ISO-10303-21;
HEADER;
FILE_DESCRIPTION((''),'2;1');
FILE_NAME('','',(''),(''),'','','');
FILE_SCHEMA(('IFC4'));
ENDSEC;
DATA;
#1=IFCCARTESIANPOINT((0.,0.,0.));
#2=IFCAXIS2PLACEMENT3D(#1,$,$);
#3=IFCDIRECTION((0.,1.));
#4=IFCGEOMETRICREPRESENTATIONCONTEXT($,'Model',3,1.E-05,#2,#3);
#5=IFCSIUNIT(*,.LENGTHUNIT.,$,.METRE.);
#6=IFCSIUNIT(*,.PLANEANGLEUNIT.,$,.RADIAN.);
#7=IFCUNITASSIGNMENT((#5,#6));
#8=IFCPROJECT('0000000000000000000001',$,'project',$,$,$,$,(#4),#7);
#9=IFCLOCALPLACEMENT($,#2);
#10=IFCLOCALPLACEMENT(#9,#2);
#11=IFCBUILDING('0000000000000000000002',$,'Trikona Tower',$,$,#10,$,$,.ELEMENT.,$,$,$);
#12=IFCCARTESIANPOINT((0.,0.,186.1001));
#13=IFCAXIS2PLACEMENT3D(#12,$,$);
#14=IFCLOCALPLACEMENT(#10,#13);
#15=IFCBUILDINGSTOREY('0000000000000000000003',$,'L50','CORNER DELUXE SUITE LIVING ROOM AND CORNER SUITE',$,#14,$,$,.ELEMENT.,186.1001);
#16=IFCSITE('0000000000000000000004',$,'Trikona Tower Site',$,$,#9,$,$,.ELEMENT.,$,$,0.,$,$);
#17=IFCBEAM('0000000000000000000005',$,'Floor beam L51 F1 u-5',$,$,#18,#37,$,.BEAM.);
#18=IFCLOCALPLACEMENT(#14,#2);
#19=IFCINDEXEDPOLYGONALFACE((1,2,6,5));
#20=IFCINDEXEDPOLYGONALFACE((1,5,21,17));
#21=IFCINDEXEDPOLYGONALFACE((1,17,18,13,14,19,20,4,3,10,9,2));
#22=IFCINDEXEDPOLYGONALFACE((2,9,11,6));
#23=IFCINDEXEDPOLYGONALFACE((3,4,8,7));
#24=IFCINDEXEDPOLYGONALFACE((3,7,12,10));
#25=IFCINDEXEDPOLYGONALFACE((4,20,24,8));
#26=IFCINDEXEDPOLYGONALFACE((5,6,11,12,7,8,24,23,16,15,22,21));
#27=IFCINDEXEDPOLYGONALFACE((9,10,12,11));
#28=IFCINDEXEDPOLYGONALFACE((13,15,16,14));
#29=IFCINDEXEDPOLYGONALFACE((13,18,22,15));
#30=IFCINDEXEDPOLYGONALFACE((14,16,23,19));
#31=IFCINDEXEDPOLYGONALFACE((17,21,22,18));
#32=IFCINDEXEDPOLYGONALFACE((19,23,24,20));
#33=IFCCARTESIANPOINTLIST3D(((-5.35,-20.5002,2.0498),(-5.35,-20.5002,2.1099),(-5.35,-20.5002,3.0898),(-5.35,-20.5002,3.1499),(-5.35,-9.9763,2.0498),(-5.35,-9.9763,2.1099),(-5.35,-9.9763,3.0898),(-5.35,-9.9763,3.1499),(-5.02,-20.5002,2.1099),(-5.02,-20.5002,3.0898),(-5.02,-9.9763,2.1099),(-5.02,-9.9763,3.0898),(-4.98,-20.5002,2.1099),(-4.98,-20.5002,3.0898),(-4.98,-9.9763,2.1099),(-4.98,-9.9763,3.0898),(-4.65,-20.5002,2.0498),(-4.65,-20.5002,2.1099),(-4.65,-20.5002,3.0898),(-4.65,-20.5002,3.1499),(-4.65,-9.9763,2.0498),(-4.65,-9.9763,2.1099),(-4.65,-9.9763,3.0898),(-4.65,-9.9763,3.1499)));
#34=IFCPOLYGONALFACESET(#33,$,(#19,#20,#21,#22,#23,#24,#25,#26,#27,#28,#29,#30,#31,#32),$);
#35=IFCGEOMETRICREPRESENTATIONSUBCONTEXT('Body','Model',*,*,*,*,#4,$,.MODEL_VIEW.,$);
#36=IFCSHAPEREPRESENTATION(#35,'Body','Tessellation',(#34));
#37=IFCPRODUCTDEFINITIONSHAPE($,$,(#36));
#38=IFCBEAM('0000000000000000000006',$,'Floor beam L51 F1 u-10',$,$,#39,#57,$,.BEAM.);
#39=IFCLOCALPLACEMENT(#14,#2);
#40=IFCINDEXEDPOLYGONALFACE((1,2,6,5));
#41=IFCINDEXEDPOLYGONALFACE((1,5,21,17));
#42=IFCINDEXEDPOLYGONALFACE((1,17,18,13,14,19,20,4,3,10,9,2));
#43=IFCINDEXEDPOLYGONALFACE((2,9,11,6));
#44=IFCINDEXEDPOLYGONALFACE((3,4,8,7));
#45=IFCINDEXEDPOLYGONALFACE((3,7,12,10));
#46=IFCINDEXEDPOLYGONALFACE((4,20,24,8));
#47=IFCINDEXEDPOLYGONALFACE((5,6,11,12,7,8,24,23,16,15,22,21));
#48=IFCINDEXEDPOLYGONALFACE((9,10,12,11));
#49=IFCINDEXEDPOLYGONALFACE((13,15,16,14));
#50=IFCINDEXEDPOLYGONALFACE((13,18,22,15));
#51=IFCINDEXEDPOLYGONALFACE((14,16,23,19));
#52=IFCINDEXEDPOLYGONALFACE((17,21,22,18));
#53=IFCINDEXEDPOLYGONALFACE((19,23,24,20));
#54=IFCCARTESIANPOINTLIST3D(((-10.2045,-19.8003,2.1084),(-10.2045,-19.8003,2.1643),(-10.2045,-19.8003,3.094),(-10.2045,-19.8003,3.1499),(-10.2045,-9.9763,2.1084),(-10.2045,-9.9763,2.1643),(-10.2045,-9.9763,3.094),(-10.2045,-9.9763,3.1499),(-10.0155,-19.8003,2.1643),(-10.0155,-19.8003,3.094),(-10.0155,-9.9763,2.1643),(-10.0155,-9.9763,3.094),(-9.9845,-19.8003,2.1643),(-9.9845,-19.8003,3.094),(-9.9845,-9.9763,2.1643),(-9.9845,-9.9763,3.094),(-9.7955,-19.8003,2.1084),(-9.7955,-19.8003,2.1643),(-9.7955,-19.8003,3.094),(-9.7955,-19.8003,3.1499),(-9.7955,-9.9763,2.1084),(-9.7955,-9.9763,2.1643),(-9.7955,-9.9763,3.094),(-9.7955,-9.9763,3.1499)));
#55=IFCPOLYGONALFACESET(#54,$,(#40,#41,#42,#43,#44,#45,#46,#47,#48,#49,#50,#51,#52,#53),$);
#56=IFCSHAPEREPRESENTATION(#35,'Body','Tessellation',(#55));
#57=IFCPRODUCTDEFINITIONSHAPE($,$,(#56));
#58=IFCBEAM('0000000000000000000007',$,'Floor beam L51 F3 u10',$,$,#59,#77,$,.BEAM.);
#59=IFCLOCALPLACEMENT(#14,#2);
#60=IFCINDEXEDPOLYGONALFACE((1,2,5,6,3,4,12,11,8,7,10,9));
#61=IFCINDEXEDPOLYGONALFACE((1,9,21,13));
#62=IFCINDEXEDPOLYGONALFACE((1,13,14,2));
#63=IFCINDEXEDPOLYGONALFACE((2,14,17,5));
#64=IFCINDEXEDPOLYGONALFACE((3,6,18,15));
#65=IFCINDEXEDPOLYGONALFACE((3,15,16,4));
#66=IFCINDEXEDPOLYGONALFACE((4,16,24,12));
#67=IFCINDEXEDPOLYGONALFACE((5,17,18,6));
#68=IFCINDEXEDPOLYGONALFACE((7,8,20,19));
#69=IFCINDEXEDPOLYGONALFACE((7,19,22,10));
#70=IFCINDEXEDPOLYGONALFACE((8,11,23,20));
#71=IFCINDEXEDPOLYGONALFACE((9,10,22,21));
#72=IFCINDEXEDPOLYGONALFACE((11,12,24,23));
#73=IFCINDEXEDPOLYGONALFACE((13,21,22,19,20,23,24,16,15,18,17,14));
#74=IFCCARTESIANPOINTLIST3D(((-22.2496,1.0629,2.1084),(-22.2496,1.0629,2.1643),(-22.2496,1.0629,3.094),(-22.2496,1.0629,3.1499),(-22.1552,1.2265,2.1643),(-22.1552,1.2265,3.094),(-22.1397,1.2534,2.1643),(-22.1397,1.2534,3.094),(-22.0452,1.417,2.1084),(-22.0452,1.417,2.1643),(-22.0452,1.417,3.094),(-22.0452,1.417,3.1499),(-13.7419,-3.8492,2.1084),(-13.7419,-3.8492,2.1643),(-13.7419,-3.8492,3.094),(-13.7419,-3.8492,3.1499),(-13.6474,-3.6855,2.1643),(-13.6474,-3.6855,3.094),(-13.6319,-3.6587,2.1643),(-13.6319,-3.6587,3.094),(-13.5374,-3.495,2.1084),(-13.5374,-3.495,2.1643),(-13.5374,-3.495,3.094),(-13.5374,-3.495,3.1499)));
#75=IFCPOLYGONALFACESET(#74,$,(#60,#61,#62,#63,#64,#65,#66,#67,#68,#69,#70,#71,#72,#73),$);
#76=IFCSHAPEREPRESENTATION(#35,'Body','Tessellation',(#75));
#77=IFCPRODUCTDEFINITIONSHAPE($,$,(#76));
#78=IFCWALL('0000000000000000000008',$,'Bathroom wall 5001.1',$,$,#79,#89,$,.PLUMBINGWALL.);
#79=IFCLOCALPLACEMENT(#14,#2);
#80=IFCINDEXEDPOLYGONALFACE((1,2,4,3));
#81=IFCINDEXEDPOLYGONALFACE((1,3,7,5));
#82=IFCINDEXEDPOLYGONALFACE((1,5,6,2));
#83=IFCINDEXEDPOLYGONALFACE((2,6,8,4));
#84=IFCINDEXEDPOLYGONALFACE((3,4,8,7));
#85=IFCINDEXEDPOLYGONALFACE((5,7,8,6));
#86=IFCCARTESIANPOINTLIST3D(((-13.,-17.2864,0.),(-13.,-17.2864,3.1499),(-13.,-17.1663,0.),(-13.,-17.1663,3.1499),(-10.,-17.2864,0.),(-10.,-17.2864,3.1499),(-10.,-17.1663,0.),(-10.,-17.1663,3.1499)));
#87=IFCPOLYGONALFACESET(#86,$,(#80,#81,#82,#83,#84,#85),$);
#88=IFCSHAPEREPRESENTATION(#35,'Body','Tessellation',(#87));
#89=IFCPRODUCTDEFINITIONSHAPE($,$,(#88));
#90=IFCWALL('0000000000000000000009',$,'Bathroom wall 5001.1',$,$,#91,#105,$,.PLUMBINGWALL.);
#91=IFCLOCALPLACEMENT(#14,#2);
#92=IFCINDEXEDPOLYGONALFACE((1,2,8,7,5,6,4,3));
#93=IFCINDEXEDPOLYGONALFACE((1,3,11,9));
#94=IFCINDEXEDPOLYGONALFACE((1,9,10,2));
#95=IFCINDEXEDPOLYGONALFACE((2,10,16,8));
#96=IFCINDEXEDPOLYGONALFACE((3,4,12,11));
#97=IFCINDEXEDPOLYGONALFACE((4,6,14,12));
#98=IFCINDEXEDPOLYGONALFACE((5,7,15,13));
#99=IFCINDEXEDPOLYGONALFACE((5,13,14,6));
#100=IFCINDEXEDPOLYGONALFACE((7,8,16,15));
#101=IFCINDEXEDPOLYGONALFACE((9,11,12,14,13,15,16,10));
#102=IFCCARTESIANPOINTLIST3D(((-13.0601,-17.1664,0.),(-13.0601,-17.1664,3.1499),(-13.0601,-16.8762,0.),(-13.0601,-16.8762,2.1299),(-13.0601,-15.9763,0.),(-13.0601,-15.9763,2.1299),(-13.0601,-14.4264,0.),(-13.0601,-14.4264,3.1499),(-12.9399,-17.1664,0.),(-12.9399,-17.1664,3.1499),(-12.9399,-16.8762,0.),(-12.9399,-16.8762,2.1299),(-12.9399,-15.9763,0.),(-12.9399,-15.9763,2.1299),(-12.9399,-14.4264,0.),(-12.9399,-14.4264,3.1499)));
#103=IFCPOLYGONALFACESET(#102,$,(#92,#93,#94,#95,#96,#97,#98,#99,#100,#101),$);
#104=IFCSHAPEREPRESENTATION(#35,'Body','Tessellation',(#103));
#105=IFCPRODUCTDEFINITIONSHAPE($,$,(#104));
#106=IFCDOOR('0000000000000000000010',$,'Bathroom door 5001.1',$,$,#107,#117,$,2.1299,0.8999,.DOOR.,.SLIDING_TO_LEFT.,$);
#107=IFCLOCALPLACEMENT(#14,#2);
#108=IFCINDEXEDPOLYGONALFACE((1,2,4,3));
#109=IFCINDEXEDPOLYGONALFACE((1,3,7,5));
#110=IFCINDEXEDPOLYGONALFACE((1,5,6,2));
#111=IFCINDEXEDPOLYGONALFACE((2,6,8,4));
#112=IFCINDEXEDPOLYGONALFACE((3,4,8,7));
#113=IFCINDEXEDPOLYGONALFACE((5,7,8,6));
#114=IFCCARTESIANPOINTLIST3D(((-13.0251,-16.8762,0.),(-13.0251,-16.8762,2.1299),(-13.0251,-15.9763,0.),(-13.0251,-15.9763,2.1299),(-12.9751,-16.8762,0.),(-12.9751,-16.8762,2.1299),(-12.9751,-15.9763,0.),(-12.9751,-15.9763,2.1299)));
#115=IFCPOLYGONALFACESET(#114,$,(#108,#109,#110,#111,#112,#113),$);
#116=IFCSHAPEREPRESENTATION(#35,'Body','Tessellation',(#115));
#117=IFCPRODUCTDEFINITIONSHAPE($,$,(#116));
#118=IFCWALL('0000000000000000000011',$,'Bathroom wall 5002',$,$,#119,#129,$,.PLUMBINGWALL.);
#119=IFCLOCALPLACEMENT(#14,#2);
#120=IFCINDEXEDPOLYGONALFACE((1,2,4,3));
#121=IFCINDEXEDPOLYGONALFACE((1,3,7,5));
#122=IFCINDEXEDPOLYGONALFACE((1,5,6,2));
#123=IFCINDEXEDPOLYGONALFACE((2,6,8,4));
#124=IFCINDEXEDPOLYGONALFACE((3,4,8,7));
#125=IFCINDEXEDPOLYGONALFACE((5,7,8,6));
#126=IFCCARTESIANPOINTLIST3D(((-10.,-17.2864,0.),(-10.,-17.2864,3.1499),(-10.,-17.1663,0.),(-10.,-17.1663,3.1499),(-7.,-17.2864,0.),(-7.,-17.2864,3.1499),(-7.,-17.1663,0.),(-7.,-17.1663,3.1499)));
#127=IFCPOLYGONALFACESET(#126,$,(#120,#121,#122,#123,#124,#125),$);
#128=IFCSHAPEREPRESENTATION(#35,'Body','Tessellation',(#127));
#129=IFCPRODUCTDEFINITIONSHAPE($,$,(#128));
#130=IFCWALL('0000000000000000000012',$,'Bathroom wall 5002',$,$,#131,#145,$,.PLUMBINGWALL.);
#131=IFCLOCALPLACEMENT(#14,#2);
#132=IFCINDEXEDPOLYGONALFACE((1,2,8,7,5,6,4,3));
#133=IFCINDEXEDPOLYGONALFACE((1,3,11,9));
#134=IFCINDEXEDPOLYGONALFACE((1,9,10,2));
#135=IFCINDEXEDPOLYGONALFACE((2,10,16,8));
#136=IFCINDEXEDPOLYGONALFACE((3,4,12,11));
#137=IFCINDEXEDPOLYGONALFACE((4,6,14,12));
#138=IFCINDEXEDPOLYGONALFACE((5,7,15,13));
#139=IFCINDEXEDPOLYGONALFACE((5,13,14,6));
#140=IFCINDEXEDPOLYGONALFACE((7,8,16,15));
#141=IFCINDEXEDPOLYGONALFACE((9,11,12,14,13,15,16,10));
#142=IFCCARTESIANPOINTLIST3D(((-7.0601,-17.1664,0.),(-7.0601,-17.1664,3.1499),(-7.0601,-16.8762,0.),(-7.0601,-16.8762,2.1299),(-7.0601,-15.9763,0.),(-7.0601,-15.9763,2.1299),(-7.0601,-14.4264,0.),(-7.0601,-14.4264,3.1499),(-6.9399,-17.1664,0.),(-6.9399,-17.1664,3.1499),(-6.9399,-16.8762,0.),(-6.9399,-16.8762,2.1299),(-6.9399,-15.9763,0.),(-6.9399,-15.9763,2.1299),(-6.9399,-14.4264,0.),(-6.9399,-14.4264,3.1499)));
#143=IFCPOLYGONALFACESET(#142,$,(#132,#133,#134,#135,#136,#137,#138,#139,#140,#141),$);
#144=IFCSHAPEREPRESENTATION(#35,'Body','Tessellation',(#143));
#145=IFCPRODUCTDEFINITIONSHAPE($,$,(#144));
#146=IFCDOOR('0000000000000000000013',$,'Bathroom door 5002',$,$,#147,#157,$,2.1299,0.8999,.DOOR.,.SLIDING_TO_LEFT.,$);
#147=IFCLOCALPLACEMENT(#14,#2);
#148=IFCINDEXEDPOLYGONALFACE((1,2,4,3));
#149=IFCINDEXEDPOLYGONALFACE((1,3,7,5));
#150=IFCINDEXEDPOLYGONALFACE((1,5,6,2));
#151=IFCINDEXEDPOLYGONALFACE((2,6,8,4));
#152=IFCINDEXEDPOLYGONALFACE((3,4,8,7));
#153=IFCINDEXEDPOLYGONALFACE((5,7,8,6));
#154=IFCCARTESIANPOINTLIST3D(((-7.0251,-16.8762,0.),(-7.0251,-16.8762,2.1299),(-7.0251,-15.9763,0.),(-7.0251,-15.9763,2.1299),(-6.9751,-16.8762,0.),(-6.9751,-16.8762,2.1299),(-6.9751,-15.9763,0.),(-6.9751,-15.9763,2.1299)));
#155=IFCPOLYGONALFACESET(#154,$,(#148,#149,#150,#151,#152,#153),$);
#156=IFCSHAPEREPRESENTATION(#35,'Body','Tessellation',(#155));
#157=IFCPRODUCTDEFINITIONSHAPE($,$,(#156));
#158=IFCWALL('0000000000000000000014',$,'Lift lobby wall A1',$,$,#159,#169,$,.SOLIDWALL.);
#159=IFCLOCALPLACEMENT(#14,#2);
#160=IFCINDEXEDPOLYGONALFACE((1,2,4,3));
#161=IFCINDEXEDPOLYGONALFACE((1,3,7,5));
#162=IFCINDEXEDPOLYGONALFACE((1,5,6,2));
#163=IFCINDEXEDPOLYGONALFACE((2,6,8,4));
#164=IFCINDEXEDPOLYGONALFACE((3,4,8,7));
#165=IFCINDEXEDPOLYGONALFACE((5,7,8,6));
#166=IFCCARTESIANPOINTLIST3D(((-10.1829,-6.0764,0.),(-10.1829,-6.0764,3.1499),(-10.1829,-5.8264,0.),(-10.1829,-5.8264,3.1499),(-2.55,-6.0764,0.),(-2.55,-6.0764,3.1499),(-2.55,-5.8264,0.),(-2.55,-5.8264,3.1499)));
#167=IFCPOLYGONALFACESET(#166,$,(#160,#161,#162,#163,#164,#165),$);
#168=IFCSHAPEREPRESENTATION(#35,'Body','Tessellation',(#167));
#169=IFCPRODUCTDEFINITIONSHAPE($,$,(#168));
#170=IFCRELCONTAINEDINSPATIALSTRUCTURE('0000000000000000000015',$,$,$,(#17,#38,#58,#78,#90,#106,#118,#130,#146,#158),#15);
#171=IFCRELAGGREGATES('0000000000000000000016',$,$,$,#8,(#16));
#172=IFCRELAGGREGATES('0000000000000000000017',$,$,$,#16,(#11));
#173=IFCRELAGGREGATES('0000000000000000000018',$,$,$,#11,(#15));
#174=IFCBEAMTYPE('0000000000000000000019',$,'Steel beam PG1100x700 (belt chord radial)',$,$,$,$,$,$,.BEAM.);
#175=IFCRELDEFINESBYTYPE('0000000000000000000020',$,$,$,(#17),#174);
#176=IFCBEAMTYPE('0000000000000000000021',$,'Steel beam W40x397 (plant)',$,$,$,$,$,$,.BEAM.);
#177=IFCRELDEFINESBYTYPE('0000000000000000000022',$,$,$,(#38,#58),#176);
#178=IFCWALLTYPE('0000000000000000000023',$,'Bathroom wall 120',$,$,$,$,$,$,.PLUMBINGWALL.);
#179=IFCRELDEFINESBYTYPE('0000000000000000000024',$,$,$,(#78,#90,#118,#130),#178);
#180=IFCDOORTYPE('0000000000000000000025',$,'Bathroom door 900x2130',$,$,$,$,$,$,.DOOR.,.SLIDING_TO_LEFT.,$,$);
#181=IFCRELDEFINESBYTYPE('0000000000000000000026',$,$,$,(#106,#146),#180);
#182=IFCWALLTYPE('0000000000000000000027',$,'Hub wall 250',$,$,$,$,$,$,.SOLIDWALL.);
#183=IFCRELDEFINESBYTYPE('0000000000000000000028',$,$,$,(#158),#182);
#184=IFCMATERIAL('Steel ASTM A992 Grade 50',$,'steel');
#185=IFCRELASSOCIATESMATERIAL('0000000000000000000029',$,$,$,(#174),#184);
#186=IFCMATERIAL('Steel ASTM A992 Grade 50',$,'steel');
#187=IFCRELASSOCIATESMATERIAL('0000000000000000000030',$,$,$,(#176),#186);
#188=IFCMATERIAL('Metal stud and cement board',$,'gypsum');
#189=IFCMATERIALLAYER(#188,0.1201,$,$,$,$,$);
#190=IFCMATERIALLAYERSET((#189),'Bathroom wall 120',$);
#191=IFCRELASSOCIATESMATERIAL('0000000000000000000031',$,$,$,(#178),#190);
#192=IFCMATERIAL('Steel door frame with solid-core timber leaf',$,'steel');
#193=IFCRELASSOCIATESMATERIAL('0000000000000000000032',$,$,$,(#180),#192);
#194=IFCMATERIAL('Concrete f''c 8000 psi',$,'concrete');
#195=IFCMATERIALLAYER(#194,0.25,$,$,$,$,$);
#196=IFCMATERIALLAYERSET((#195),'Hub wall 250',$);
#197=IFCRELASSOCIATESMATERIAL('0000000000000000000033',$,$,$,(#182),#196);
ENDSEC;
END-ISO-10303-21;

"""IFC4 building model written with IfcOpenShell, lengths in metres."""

from ifc_helpers import new_model, si_unit, direction, frame, frame_2d, origin, origin_2d, place, context, subcontext, project, spatial, rectangle, i_section, extrude, material, layer, layer_set, material_profile, profile_set, type_object, element, fill, save


model = new_model("IFC4")

# Units and contexts
model_context = context("Model", 3, precision=1e-05, world=origin(), true_north=direction((0.0, 1.0)))
body_context = subcontext(model_context, "Body", "Model", "MODEL_VIEW")
ifc_project = project(units=[si_unit("LENGTHUNIT", "METRE"), si_unit("PLANEANGLEUNIT", "RADIAN")], contexts=[model_context])

# Site, building, storey
site_placement = place(None, origin())
site = spatial("IfcSite", under=ifc_project, at=site_placement, Name="Trikona Tower Site", CompositionType="ELEMENT", RefElevation=0.0)
building_placement = place(site_placement, origin())
building = spatial("IfcBuilding", under=site, at=building_placement, Name="Trikona Tower", CompositionType="ELEMENT")
storey_placement = place(building_placement, frame((0.0, 0.0, 186.1001)))
storey = spatial("IfcBuildingStorey", under=building, at=storey_placement, Name="L50", Description="CORNER DELUXE SUITE LIVING ROOM AND CORNER SUITE", CompositionType="ELEMENT", Elevation=186.1001)

# Beams
ifc_material_1 = material(Name="Steel ASTM A992 Grade 50", Category="steel")
ifc_material_profile_1 = material_profile(ifc_material_1, i_section(OverallWidth=0.7, OverallDepth=1.1001, WebThickness=0.04, FlangeThickness=0.0601, at=origin_2d()), Name="PG1100X700")
ifc_profile_set_1 = profile_set([ifc_material_profile_1], Name="Steel ASTM A992 Grade 50")
beam_type_1 = type_object("IfcBeamType", Name="Steel beam PG1100x700 (belt chord radial)", PredefinedType="BEAM", material=ifc_profile_set_1)
beam_placement = place(storey_placement, frame((-5.0, -9.9763, 2.5999), z_axis=(0.0, -1.0, 0.0), x_axis=(1.0, 0.0, 0.0)))
element("IfcBeam", 1, at=beam_placement, inside=storey, type_object=beam_type_1, Name="Floor beam L51 F1 u-5", PredefinedType="BEAM", context=body_context, shape_type="SweptSolid", body=[
    extrude(i_section(OverallWidth=0.7, OverallDepth=1.1001, WebThickness=0.04, FlangeThickness=0.0601, at=origin_2d()), origin(), (0.0, 0.0, 1.0), 10.5239),
])
ifc_material_2 = material(Name="Steel ASTM A992 Grade 50", Category="steel")
ifc_material_profile_2 = material_profile(ifc_material_2, i_section(OverallWidth=0.4089, OverallDepth=1.0415, WebThickness=0.031, FlangeThickness=0.0559, at=origin_2d()), Name="W40X397")
ifc_profile_set_2 = profile_set([ifc_material_profile_2], Name="Steel ASTM A992 Grade 50")
beam_type_2 = type_object("IfcBeamType", Name="Steel beam W40x397 (plant)", PredefinedType="BEAM", material=ifc_profile_set_2)
for number, where, z_axis, x_axis, name in (
    (2, (-10.0, -9.9763, 2.6292), (0.0, -1.0, 0.0), (1.0, 0.0, 0.0), "Floor beam L51 F1 u-10"),
    (3, (-13.6396, -3.6721, 2.6292), (-0.86602, 0.500009, 0.0), (-0.500009, -0.86602, 0.0), "Floor beam L51 F3 u10"),
):
    element("IfcBeam", number, at=place(storey_placement, frame(where, z_axis=z_axis, x_axis=x_axis)), inside=storey, type_object=beam_type_2, Name=name, PredefinedType="BEAM", context=body_context, shape_type="SweptSolid", body=[
        extrude(i_section(OverallWidth=0.4089, OverallDepth=1.0415, WebThickness=0.031, FlangeThickness=0.0559, at=origin_2d()), origin(), (0.0, 0.0, 1.0), 9.824),
    ])

# Wall
ifc_material_3 = material(Name="Metal stud and cement board", Category="gypsum")
ifc_layer_1 = layer(ifc_material_3, 0.1201)
ifc_layer_set_1 = layer_set([ifc_layer_1], Name="Bathroom wall 120")
wall_type_1 = type_object("IfcWallType", Name="Bathroom wall 120", PredefinedType="PLUMBINGWALL", material=ifc_layer_set_1)
wall_1_placement = place(storey_placement, frame((-13.0, -17.2263, 0.0), z_axis=(0.0, 0.0, 1.0), x_axis=(1.0, 0.0, 0.0)))
element("IfcWall", 4, at=wall_1_placement, inside=storey, type_object=wall_type_1, Name="Bathroom wall 5001.1", PredefinedType="PLUMBINGWALL", context=body_context, shape_type="SweptSolid", body=[
    extrude(rectangle(XDim=3.0, YDim=0.1201, at=frame_2d((1.5, 0.0))), origin(), (0.0, 0.0, 1.0), 3.1499),
])

# Wall, opening, door
wall_2_placement = place(storey_placement, frame((-13.0, -14.4263, 0.0), z_axis=(0.0, 0.0, 1.0), x_axis=(0.0, -1.0, 0.0)))
wall_2 = element("IfcWall", 5, at=wall_2_placement, inside=storey, type_object=wall_type_1, Name="Bathroom wall 5001.1", PredefinedType="PLUMBINGWALL", context=body_context, shape_type="SweptSolid", body=[
    extrude(rectangle(XDim=2.74, YDim=0.1201, at=frame_2d((1.3701, 0.0))), origin(), (0.0, 0.0, 1.0), 3.1499),
])
opening_1_placement = place(wall_2_placement, frame((1.55, 0.0, 0.0)))
opening_1 = element("IfcOpeningElement", 6, at=opening_1_placement, cuts=wall_2, PredefinedType="OPENING", context=body_context, shape_type="SweptSolid", body=[
    extrude(rectangle(XDim=0.8999, YDim=2.1299, at=frame_2d((0.45, 1.0649))), frame((0.0, 0.0701, 0.0), z_axis=(0.0, -1.0, 0.0), x_axis=(1.0, 0.0, 0.0)), (0.0, 0.0, 1.0), 0.1401),
])
ifc_material_4 = material(Name="Steel door frame with solid-core timber leaf", Category="steel")
door_type_1 = type_object("IfcDoorType", Name="Bathroom door 900x2130", OperationType="SLIDING_TO_LEFT", PredefinedType="DOOR", material=ifc_material_4)
door_1_placement = place(opening_1_placement, origin())
door_1 = element("IfcDoor", 7, at=door_1_placement, inside=storey, type_object=door_type_1, Name="Bathroom door 5001.1", OperationType="SLIDING_TO_LEFT", OverallHeight=2.1299, OverallWidth=0.8999, PredefinedType="DOOR", context=body_context, shape_type="SweptSolid", body=[
    extrude(rectangle(XDim=0.8999, YDim=2.1299, at=frame_2d((0.45, 1.0649))), frame((0.0, 0.0249, 0.0), z_axis=(0.0, -1.0, 0.0), x_axis=(1.0, 0.0, 0.0)), (0.0, 0.0, 1.0), 0.05),
])
fill(opening_1, door_1)

# Wall
wall_3_placement = place(storey_placement, frame((-10.0, -17.2263, 0.0), z_axis=(0.0, 0.0, 1.0), x_axis=(1.0, 0.0, 0.0)))
element("IfcWall", 8, at=wall_3_placement, inside=storey, type_object=wall_type_1, Name="Bathroom wall 5002", PredefinedType="PLUMBINGWALL", context=body_context, shape_type="SweptSolid", body=[
    extrude(rectangle(XDim=3.0, YDim=0.1201, at=frame_2d((1.5, 0.0))), origin(), (0.0, 0.0, 1.0), 3.1499),
])

# Wall, opening, door
wall_4_placement = place(storey_placement, frame((-7.0, -14.4263, 0.0), z_axis=(0.0, 0.0, 1.0), x_axis=(0.0, -1.0, 0.0)))
wall_4 = element("IfcWall", 9, at=wall_4_placement, inside=storey, type_object=wall_type_1, Name="Bathroom wall 5002", PredefinedType="PLUMBINGWALL", context=body_context, shape_type="SweptSolid", body=[
    extrude(rectangle(XDim=2.74, YDim=0.1201, at=frame_2d((1.3701, 0.0))), origin(), (0.0, 0.0, 1.0), 3.1499),
])
opening_2_placement = place(wall_4_placement, frame((1.55, 0.0, 0.0)))
opening_2 = element("IfcOpeningElement", 10, at=opening_2_placement, cuts=wall_4, PredefinedType="OPENING", context=body_context, shape_type="SweptSolid", body=[
    extrude(rectangle(XDim=0.8999, YDim=2.1299, at=frame_2d((0.45, 1.0649))), frame((0.0, 0.0701, 0.0), z_axis=(0.0, -1.0, 0.0), x_axis=(1.0, 0.0, 0.0)), (0.0, 0.0, 1.0), 0.1401),
])
door_2_placement = place(opening_2_placement, origin())
door_2 = element("IfcDoor", 11, at=door_2_placement, inside=storey, type_object=door_type_1, Name="Bathroom door 5002", OperationType="SLIDING_TO_LEFT", OverallHeight=2.1299, OverallWidth=0.8999, PredefinedType="DOOR", context=body_context, shape_type="SweptSolid", body=[
    extrude(rectangle(XDim=0.8999, YDim=2.1299, at=frame_2d((0.45, 1.0649))), frame((0.0, 0.0249, 0.0), z_axis=(0.0, -1.0, 0.0), x_axis=(1.0, 0.0, 0.0)), (0.0, 0.0, 1.0), 0.05),
])
fill(opening_2, door_2)

# Wall
ifc_material_5 = material(Name="Concrete f'c 8000 psi", Category="concrete")
ifc_layer_2 = layer(ifc_material_5, 0.25)
ifc_layer_set_2 = layer_set([ifc_layer_2], Name="Hub wall 250")
wall_type_2 = type_object("IfcWallType", Name="Hub wall 250", PredefinedType="SOLIDWALL", material=ifc_layer_set_2)
wall_5_placement = place(storey_placement, frame((-10.1829, -5.9514, 0.0), z_axis=(0.0, 0.0, 1.0), x_axis=(1.0, 0.0, 0.0)))
element("IfcWall", 12, at=wall_5_placement, inside=storey, type_object=wall_type_2, Name="Lift lobby wall A1", PredefinedType="SOLIDWALL", context=body_context, shape_type="SweptSolid", body=[
    extrude(rectangle(XDim=7.6328, YDim=0.25, at=frame_2d((3.8164, 0.0))), origin(), (0.0, 0.0, 1.0), 3.1499),
])

save(model, "model.ifc")
